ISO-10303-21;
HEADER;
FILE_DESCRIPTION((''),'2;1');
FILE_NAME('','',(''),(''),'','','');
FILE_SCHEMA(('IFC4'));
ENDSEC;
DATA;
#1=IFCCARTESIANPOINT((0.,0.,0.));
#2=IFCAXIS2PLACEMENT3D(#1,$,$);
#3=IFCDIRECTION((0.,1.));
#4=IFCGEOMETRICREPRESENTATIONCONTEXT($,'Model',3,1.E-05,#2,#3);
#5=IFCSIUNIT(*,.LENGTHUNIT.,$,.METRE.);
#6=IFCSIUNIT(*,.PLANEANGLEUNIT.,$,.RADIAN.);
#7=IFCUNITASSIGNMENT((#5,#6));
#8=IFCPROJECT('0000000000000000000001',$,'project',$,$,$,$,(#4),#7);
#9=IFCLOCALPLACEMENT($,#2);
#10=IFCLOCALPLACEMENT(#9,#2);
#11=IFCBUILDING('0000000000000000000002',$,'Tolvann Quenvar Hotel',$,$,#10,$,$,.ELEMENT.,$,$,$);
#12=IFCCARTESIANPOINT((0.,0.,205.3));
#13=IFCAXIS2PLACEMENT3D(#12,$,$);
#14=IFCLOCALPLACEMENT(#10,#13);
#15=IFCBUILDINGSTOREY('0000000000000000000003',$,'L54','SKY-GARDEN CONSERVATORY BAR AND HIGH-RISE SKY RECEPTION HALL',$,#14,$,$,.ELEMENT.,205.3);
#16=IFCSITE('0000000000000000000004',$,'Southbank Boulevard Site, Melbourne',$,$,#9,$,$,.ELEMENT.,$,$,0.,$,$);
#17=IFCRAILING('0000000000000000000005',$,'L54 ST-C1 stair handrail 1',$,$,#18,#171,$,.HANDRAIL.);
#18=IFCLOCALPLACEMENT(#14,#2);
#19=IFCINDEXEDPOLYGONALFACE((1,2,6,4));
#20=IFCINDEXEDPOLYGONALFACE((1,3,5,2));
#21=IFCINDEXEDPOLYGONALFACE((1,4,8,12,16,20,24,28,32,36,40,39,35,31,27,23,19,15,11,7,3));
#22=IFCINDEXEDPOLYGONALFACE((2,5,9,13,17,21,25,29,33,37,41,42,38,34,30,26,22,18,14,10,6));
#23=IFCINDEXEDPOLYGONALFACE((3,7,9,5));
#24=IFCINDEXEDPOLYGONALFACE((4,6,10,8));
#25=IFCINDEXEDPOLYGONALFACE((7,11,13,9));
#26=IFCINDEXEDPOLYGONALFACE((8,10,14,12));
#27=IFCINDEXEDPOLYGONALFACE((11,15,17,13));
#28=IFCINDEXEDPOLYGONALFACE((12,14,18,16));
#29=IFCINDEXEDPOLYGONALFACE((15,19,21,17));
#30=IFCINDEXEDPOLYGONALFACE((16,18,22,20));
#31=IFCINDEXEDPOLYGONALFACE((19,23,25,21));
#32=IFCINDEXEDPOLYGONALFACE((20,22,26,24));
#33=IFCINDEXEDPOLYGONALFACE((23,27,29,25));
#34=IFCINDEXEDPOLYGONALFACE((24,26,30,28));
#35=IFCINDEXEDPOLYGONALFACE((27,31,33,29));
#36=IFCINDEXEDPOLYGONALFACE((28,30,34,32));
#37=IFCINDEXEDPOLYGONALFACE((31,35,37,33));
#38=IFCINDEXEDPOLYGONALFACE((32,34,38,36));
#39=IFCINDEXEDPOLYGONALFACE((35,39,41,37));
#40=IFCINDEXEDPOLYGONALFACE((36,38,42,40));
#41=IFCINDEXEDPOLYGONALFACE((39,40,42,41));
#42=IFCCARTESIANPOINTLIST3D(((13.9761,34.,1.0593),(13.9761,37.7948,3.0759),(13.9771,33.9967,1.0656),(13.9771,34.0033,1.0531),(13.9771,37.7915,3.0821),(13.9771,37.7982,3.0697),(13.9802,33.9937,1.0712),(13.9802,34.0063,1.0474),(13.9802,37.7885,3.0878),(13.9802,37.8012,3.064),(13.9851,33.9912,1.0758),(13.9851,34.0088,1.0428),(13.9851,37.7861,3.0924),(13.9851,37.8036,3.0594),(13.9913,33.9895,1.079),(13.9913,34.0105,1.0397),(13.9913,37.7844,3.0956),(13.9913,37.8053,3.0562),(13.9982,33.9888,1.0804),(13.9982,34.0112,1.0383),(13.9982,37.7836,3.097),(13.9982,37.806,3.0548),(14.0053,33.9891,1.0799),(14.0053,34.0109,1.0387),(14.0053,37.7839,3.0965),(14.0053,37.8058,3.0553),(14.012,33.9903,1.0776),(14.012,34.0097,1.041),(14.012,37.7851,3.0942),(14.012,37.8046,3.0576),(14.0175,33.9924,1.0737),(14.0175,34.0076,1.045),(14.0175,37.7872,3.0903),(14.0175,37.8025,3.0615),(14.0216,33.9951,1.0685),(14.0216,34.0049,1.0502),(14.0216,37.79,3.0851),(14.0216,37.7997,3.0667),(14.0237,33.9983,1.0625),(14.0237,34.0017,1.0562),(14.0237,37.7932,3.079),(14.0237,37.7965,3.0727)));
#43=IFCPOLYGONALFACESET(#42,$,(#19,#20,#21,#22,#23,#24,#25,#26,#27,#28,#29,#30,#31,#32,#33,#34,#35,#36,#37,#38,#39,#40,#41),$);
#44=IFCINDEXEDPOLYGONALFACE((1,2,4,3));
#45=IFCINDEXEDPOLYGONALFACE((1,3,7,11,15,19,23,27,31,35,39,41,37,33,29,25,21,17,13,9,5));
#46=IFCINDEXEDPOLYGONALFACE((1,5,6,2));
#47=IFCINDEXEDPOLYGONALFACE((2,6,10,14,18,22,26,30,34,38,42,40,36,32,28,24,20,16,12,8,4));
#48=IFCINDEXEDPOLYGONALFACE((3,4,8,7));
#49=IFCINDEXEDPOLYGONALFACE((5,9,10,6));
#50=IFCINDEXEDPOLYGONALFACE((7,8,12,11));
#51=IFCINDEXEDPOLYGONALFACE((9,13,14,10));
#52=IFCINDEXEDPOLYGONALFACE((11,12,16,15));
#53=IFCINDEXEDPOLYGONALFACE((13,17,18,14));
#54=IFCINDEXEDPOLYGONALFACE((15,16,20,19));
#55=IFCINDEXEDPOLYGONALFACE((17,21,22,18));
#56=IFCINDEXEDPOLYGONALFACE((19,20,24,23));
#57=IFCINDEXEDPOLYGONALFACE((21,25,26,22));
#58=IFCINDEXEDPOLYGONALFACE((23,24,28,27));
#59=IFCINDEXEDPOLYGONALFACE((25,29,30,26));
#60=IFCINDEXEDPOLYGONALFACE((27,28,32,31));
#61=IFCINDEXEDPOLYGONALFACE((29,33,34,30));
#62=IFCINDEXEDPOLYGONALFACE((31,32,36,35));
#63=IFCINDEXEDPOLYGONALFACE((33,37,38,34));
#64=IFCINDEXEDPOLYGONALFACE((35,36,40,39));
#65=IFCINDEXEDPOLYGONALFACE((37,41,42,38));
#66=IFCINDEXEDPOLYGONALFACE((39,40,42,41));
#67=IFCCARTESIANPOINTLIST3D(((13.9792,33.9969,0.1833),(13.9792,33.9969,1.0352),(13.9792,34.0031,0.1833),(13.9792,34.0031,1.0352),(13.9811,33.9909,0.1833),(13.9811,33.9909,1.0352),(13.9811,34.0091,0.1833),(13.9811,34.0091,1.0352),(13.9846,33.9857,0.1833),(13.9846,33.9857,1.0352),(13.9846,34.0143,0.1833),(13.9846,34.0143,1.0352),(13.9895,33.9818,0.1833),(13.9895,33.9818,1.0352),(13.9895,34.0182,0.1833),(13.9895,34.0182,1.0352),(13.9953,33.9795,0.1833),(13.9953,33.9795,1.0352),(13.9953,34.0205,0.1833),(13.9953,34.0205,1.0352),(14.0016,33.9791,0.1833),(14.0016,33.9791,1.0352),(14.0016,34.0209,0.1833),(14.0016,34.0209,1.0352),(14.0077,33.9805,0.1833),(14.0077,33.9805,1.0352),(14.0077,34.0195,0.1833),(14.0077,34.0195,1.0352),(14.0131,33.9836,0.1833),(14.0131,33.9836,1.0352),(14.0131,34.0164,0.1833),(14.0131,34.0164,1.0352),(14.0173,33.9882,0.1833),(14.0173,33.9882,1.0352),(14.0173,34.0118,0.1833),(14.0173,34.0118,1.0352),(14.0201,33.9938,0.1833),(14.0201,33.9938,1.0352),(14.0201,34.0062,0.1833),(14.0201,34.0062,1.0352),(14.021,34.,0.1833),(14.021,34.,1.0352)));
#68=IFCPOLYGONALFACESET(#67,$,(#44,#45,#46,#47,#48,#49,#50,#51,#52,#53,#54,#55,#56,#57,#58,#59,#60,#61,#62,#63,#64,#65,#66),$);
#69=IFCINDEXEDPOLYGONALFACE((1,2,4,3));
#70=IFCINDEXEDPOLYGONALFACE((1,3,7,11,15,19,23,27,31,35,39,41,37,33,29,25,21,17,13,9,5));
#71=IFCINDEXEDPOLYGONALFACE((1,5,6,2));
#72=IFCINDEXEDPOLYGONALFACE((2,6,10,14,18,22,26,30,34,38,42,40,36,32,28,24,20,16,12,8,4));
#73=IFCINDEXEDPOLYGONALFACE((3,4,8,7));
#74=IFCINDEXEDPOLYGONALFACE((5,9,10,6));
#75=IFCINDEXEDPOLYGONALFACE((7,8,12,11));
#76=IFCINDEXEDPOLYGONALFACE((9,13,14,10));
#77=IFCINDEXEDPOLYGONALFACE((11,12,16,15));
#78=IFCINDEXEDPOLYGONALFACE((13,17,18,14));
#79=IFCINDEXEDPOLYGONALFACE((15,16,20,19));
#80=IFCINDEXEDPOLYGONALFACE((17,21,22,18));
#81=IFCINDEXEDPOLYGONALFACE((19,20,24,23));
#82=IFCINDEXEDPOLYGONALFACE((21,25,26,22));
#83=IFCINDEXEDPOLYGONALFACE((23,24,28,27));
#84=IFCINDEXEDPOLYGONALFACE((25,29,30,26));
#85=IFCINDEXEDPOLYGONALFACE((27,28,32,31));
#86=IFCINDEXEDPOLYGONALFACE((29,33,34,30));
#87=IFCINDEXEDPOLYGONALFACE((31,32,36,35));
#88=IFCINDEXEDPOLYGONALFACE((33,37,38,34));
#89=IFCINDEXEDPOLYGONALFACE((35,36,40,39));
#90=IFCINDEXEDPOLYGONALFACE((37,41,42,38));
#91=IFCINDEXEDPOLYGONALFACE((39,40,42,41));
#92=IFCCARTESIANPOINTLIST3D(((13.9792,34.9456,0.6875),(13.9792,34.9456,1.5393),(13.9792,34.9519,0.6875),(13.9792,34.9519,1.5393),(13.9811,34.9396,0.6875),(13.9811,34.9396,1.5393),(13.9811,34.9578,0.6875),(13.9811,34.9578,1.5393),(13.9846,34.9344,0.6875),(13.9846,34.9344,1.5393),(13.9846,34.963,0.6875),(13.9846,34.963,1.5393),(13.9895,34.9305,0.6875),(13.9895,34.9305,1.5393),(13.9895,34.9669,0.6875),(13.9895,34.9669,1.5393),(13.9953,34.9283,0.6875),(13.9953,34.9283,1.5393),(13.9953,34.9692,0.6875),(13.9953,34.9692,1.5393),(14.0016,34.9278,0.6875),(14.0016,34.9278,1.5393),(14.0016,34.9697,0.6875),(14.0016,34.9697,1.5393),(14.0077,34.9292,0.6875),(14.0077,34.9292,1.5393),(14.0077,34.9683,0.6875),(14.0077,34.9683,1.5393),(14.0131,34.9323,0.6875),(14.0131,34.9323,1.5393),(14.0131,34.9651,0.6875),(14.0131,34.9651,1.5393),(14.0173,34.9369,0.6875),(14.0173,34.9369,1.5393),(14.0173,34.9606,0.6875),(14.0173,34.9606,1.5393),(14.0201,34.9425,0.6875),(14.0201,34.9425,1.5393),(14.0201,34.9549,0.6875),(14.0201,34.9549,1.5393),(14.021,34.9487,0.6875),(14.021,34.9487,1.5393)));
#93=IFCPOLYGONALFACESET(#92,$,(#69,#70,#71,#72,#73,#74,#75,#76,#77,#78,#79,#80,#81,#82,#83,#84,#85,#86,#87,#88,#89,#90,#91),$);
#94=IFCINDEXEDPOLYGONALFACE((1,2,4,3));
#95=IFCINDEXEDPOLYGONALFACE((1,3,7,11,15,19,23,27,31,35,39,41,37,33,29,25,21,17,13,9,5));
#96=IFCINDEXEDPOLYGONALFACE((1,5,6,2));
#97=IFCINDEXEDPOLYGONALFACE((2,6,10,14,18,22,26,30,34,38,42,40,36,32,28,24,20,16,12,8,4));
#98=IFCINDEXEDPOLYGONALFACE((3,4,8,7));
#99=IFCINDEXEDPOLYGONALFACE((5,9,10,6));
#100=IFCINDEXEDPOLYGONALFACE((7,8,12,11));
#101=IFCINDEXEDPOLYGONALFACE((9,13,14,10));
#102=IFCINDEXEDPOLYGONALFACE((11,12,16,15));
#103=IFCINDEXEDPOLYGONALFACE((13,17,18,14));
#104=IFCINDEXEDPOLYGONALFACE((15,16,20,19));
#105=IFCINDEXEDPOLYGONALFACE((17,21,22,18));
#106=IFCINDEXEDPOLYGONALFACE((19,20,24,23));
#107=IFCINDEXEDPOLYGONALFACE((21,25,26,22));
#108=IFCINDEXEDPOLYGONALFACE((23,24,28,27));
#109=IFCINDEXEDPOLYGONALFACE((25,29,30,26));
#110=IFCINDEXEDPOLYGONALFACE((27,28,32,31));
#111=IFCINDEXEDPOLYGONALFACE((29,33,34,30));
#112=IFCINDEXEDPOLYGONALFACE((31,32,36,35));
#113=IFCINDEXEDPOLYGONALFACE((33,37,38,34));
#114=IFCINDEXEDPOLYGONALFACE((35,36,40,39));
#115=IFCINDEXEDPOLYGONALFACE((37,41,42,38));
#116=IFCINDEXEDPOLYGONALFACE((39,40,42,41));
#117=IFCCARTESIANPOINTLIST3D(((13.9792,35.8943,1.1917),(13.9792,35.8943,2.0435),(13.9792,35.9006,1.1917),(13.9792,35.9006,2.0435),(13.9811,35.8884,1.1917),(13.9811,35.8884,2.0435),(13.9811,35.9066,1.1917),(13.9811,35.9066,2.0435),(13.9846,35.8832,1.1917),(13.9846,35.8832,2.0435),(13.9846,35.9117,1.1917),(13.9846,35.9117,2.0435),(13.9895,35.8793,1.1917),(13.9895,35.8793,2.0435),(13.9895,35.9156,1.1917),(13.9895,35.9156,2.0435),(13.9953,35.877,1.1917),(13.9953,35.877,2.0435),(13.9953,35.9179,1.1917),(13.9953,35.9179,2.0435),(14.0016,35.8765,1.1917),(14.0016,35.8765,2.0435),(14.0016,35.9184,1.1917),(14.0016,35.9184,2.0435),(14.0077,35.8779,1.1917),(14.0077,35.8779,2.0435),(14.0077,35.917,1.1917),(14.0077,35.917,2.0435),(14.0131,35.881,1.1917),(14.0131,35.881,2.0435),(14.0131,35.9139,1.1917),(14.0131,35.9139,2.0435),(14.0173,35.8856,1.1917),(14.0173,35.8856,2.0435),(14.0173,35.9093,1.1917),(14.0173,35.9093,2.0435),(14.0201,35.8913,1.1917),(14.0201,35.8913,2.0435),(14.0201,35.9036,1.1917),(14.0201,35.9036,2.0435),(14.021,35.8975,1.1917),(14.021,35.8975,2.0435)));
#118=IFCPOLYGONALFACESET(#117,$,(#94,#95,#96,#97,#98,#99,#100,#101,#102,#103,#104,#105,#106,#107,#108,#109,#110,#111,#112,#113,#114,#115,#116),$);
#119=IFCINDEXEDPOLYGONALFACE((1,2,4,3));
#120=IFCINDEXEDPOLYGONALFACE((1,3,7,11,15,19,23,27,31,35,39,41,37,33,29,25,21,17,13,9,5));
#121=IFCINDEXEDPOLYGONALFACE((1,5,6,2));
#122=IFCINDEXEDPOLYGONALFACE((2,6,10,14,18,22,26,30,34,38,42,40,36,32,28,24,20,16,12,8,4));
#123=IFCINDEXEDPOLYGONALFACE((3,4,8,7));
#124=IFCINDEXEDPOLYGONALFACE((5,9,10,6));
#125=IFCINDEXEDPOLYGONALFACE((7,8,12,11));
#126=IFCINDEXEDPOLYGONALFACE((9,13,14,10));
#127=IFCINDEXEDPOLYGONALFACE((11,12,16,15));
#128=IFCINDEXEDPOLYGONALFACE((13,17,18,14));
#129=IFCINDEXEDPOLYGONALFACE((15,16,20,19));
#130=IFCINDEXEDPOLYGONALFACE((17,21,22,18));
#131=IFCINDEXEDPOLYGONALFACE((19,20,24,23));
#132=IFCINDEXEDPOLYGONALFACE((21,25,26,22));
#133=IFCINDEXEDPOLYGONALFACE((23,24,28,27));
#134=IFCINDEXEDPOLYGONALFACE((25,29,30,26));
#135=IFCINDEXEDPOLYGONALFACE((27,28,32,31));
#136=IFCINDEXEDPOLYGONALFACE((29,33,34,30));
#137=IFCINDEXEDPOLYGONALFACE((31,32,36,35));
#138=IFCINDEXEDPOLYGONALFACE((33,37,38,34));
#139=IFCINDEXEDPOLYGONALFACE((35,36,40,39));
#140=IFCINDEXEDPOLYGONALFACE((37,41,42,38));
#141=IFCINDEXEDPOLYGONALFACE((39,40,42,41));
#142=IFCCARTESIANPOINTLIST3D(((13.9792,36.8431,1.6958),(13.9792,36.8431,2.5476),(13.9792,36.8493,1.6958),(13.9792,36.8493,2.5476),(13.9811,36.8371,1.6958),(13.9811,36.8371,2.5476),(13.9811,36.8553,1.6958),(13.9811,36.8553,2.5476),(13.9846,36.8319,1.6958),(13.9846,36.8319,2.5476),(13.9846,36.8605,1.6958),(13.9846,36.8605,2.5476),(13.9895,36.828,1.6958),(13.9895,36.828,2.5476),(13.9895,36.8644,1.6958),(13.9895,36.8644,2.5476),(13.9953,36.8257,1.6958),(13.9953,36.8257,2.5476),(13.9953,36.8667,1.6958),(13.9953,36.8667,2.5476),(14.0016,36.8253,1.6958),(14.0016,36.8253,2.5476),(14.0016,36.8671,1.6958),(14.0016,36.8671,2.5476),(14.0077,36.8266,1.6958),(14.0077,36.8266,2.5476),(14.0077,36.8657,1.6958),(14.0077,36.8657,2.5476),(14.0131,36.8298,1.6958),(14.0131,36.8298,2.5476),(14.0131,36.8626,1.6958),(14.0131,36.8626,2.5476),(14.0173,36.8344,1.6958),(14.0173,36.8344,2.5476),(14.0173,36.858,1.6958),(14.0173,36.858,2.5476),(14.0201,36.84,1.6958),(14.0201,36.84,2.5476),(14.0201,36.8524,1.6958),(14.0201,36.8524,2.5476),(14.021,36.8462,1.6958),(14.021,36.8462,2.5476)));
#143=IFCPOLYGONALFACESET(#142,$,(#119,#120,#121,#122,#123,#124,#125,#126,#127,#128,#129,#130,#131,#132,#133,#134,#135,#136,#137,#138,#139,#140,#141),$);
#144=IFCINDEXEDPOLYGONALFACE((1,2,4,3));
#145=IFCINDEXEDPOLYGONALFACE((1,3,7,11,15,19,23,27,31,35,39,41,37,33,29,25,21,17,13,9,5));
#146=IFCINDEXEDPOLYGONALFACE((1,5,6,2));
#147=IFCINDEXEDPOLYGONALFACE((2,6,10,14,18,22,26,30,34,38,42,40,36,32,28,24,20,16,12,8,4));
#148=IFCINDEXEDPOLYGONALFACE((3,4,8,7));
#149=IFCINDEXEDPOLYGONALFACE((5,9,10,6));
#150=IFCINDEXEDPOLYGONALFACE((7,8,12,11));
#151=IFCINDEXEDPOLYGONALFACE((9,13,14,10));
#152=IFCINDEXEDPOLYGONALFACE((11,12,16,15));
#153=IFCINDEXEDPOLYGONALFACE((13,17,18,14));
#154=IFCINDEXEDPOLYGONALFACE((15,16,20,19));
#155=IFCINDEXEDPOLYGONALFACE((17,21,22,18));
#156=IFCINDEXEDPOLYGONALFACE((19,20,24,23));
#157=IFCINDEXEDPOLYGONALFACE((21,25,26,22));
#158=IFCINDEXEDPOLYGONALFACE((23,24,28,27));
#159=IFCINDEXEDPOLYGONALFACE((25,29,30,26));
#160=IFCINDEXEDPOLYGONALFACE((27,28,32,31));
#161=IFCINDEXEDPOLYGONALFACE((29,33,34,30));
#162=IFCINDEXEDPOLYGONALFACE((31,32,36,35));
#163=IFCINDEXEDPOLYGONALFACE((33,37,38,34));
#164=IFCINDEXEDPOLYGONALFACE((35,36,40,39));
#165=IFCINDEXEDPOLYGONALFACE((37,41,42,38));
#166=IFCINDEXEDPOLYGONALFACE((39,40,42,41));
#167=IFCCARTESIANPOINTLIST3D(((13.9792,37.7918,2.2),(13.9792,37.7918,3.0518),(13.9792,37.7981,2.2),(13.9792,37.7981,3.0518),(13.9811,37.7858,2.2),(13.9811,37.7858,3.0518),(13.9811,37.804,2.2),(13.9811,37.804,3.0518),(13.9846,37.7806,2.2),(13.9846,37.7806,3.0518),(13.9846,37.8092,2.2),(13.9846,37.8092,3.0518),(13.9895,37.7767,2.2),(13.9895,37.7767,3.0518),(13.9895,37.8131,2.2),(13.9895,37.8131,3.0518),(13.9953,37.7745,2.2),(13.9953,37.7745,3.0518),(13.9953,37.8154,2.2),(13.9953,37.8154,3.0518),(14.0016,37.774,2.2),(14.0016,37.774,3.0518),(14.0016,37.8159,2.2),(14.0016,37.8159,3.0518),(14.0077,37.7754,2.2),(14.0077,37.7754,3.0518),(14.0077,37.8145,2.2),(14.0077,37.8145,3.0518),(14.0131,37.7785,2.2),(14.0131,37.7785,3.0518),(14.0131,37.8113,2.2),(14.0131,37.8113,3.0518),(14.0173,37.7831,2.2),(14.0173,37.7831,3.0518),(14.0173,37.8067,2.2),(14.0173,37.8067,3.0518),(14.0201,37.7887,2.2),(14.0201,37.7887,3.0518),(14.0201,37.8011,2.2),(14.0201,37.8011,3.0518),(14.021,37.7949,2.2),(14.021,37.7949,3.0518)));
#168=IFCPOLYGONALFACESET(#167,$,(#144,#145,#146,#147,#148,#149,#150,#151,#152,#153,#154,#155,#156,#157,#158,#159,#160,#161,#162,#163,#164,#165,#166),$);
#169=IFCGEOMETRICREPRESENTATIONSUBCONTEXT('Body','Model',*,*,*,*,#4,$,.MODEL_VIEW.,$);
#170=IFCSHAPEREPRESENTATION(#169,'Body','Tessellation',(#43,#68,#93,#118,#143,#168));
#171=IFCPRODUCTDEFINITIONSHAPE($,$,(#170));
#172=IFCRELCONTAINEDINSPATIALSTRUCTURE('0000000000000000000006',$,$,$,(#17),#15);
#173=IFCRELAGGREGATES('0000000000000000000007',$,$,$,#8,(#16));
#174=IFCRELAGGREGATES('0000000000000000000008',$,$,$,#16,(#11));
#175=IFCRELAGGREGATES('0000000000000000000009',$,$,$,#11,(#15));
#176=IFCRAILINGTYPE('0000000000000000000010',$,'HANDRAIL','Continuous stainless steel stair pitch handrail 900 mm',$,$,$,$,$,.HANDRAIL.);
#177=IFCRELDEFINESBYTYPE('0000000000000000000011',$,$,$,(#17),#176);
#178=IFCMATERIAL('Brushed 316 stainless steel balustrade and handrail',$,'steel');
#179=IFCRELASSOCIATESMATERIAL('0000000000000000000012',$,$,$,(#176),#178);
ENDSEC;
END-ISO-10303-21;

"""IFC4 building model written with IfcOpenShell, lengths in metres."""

from ifc_helpers import new_model, si_unit, direction, frame, origin, origin_2d, place, context, subcontext, project, spatial, circle, extrude, material, type_object, element, save


model = new_model("IFC4")

# Units and contexts
model_context = context("Model", 3, precision=1e-05, world=origin(), true_north=direction((0.0, 1.0)))
body_context = subcontext(model_context, "Body", "Model", "MODEL_VIEW")
ifc_project = project(units=[si_unit("LENGTHUNIT", "METRE"), si_unit("PLANEANGLEUNIT", "RADIAN")], contexts=[model_context])

# Site, building, storey
site_placement = place(None, origin())
site = spatial("IfcSite", under=ifc_project, at=site_placement, Name="Southbank Boulevard Site, Melbourne", CompositionType="ELEMENT", RefElevation=0.0)
building_placement = place(site_placement, origin())
building = spatial("IfcBuilding", under=site, at=building_placement, Name="Tolvann Quenvar Hotel", CompositionType="ELEMENT")
storey_placement = place(building_placement, frame((0.0, 0.0, 205.3)))
storey = spatial("IfcBuildingStorey", under=building, at=storey_placement, Name="L54", Description="SKY-GARDEN CONSERVATORY BAR AND HIGH-RISE SKY RECEPTION HALL", CompositionType="ELEMENT", Elevation=205.3)

# Railing
ifc_material_1 = material(Name="Brushed 316 stainless steel balustrade and handrail", Category="steel")
railing_type_1 = type_object("IfcRailingType", Name="HANDRAIL", Description="Continuous stainless steel stair pitch handrail 900 mm", PredefinedType="HANDRAIL", material=ifc_material_1)
railing_1_placement = place(storey_placement, frame((14.0, 34.0, 0.1833)))
element("IfcRailing", 1, at=railing_1_placement, inside=storey, type_object=railing_type_1, Name="L54 ST-C1 stair handrail 1", PredefinedType="HANDRAIL", context=body_context, shape_type="SweptSolid", body=[
    extrude(circle(Radius=0.0239, at=origin_2d()), frame((0.0, 0.0, 0.876), z_axis=(0.0, 0.883063, 0.469255), x_axis=(-1.0, 0.0, 0.0)), (0.0, 0.0, 1.0), 4.2974),
    extrude(circle(Radius=0.021, at=origin_2d()), origin(), (0.0, 0.0, 1.0), 0.8518),
    extrude(circle(Radius=0.021, at=origin_2d()), frame((0.0, 0.9487, 0.5042)), (0.0, 0.0, 1.0), 0.8518),
    extrude(circle(Radius=0.021, at=origin_2d()), frame((0.0, 1.8975, 1.0083)), (0.0, 0.0, 1.0), 0.8518),
    extrude(circle(Radius=0.021, at=origin_2d()), frame((0.0, 2.8462, 1.5125)), (0.0, 0.0, 1.0), 0.8518),
    extrude(circle(Radius=0.021, at=origin_2d()), frame((0.0, 3.7949, 2.0166)), (0.0, 0.0, 1.0), 0.8518),
])

save(model, "model.ifc")
